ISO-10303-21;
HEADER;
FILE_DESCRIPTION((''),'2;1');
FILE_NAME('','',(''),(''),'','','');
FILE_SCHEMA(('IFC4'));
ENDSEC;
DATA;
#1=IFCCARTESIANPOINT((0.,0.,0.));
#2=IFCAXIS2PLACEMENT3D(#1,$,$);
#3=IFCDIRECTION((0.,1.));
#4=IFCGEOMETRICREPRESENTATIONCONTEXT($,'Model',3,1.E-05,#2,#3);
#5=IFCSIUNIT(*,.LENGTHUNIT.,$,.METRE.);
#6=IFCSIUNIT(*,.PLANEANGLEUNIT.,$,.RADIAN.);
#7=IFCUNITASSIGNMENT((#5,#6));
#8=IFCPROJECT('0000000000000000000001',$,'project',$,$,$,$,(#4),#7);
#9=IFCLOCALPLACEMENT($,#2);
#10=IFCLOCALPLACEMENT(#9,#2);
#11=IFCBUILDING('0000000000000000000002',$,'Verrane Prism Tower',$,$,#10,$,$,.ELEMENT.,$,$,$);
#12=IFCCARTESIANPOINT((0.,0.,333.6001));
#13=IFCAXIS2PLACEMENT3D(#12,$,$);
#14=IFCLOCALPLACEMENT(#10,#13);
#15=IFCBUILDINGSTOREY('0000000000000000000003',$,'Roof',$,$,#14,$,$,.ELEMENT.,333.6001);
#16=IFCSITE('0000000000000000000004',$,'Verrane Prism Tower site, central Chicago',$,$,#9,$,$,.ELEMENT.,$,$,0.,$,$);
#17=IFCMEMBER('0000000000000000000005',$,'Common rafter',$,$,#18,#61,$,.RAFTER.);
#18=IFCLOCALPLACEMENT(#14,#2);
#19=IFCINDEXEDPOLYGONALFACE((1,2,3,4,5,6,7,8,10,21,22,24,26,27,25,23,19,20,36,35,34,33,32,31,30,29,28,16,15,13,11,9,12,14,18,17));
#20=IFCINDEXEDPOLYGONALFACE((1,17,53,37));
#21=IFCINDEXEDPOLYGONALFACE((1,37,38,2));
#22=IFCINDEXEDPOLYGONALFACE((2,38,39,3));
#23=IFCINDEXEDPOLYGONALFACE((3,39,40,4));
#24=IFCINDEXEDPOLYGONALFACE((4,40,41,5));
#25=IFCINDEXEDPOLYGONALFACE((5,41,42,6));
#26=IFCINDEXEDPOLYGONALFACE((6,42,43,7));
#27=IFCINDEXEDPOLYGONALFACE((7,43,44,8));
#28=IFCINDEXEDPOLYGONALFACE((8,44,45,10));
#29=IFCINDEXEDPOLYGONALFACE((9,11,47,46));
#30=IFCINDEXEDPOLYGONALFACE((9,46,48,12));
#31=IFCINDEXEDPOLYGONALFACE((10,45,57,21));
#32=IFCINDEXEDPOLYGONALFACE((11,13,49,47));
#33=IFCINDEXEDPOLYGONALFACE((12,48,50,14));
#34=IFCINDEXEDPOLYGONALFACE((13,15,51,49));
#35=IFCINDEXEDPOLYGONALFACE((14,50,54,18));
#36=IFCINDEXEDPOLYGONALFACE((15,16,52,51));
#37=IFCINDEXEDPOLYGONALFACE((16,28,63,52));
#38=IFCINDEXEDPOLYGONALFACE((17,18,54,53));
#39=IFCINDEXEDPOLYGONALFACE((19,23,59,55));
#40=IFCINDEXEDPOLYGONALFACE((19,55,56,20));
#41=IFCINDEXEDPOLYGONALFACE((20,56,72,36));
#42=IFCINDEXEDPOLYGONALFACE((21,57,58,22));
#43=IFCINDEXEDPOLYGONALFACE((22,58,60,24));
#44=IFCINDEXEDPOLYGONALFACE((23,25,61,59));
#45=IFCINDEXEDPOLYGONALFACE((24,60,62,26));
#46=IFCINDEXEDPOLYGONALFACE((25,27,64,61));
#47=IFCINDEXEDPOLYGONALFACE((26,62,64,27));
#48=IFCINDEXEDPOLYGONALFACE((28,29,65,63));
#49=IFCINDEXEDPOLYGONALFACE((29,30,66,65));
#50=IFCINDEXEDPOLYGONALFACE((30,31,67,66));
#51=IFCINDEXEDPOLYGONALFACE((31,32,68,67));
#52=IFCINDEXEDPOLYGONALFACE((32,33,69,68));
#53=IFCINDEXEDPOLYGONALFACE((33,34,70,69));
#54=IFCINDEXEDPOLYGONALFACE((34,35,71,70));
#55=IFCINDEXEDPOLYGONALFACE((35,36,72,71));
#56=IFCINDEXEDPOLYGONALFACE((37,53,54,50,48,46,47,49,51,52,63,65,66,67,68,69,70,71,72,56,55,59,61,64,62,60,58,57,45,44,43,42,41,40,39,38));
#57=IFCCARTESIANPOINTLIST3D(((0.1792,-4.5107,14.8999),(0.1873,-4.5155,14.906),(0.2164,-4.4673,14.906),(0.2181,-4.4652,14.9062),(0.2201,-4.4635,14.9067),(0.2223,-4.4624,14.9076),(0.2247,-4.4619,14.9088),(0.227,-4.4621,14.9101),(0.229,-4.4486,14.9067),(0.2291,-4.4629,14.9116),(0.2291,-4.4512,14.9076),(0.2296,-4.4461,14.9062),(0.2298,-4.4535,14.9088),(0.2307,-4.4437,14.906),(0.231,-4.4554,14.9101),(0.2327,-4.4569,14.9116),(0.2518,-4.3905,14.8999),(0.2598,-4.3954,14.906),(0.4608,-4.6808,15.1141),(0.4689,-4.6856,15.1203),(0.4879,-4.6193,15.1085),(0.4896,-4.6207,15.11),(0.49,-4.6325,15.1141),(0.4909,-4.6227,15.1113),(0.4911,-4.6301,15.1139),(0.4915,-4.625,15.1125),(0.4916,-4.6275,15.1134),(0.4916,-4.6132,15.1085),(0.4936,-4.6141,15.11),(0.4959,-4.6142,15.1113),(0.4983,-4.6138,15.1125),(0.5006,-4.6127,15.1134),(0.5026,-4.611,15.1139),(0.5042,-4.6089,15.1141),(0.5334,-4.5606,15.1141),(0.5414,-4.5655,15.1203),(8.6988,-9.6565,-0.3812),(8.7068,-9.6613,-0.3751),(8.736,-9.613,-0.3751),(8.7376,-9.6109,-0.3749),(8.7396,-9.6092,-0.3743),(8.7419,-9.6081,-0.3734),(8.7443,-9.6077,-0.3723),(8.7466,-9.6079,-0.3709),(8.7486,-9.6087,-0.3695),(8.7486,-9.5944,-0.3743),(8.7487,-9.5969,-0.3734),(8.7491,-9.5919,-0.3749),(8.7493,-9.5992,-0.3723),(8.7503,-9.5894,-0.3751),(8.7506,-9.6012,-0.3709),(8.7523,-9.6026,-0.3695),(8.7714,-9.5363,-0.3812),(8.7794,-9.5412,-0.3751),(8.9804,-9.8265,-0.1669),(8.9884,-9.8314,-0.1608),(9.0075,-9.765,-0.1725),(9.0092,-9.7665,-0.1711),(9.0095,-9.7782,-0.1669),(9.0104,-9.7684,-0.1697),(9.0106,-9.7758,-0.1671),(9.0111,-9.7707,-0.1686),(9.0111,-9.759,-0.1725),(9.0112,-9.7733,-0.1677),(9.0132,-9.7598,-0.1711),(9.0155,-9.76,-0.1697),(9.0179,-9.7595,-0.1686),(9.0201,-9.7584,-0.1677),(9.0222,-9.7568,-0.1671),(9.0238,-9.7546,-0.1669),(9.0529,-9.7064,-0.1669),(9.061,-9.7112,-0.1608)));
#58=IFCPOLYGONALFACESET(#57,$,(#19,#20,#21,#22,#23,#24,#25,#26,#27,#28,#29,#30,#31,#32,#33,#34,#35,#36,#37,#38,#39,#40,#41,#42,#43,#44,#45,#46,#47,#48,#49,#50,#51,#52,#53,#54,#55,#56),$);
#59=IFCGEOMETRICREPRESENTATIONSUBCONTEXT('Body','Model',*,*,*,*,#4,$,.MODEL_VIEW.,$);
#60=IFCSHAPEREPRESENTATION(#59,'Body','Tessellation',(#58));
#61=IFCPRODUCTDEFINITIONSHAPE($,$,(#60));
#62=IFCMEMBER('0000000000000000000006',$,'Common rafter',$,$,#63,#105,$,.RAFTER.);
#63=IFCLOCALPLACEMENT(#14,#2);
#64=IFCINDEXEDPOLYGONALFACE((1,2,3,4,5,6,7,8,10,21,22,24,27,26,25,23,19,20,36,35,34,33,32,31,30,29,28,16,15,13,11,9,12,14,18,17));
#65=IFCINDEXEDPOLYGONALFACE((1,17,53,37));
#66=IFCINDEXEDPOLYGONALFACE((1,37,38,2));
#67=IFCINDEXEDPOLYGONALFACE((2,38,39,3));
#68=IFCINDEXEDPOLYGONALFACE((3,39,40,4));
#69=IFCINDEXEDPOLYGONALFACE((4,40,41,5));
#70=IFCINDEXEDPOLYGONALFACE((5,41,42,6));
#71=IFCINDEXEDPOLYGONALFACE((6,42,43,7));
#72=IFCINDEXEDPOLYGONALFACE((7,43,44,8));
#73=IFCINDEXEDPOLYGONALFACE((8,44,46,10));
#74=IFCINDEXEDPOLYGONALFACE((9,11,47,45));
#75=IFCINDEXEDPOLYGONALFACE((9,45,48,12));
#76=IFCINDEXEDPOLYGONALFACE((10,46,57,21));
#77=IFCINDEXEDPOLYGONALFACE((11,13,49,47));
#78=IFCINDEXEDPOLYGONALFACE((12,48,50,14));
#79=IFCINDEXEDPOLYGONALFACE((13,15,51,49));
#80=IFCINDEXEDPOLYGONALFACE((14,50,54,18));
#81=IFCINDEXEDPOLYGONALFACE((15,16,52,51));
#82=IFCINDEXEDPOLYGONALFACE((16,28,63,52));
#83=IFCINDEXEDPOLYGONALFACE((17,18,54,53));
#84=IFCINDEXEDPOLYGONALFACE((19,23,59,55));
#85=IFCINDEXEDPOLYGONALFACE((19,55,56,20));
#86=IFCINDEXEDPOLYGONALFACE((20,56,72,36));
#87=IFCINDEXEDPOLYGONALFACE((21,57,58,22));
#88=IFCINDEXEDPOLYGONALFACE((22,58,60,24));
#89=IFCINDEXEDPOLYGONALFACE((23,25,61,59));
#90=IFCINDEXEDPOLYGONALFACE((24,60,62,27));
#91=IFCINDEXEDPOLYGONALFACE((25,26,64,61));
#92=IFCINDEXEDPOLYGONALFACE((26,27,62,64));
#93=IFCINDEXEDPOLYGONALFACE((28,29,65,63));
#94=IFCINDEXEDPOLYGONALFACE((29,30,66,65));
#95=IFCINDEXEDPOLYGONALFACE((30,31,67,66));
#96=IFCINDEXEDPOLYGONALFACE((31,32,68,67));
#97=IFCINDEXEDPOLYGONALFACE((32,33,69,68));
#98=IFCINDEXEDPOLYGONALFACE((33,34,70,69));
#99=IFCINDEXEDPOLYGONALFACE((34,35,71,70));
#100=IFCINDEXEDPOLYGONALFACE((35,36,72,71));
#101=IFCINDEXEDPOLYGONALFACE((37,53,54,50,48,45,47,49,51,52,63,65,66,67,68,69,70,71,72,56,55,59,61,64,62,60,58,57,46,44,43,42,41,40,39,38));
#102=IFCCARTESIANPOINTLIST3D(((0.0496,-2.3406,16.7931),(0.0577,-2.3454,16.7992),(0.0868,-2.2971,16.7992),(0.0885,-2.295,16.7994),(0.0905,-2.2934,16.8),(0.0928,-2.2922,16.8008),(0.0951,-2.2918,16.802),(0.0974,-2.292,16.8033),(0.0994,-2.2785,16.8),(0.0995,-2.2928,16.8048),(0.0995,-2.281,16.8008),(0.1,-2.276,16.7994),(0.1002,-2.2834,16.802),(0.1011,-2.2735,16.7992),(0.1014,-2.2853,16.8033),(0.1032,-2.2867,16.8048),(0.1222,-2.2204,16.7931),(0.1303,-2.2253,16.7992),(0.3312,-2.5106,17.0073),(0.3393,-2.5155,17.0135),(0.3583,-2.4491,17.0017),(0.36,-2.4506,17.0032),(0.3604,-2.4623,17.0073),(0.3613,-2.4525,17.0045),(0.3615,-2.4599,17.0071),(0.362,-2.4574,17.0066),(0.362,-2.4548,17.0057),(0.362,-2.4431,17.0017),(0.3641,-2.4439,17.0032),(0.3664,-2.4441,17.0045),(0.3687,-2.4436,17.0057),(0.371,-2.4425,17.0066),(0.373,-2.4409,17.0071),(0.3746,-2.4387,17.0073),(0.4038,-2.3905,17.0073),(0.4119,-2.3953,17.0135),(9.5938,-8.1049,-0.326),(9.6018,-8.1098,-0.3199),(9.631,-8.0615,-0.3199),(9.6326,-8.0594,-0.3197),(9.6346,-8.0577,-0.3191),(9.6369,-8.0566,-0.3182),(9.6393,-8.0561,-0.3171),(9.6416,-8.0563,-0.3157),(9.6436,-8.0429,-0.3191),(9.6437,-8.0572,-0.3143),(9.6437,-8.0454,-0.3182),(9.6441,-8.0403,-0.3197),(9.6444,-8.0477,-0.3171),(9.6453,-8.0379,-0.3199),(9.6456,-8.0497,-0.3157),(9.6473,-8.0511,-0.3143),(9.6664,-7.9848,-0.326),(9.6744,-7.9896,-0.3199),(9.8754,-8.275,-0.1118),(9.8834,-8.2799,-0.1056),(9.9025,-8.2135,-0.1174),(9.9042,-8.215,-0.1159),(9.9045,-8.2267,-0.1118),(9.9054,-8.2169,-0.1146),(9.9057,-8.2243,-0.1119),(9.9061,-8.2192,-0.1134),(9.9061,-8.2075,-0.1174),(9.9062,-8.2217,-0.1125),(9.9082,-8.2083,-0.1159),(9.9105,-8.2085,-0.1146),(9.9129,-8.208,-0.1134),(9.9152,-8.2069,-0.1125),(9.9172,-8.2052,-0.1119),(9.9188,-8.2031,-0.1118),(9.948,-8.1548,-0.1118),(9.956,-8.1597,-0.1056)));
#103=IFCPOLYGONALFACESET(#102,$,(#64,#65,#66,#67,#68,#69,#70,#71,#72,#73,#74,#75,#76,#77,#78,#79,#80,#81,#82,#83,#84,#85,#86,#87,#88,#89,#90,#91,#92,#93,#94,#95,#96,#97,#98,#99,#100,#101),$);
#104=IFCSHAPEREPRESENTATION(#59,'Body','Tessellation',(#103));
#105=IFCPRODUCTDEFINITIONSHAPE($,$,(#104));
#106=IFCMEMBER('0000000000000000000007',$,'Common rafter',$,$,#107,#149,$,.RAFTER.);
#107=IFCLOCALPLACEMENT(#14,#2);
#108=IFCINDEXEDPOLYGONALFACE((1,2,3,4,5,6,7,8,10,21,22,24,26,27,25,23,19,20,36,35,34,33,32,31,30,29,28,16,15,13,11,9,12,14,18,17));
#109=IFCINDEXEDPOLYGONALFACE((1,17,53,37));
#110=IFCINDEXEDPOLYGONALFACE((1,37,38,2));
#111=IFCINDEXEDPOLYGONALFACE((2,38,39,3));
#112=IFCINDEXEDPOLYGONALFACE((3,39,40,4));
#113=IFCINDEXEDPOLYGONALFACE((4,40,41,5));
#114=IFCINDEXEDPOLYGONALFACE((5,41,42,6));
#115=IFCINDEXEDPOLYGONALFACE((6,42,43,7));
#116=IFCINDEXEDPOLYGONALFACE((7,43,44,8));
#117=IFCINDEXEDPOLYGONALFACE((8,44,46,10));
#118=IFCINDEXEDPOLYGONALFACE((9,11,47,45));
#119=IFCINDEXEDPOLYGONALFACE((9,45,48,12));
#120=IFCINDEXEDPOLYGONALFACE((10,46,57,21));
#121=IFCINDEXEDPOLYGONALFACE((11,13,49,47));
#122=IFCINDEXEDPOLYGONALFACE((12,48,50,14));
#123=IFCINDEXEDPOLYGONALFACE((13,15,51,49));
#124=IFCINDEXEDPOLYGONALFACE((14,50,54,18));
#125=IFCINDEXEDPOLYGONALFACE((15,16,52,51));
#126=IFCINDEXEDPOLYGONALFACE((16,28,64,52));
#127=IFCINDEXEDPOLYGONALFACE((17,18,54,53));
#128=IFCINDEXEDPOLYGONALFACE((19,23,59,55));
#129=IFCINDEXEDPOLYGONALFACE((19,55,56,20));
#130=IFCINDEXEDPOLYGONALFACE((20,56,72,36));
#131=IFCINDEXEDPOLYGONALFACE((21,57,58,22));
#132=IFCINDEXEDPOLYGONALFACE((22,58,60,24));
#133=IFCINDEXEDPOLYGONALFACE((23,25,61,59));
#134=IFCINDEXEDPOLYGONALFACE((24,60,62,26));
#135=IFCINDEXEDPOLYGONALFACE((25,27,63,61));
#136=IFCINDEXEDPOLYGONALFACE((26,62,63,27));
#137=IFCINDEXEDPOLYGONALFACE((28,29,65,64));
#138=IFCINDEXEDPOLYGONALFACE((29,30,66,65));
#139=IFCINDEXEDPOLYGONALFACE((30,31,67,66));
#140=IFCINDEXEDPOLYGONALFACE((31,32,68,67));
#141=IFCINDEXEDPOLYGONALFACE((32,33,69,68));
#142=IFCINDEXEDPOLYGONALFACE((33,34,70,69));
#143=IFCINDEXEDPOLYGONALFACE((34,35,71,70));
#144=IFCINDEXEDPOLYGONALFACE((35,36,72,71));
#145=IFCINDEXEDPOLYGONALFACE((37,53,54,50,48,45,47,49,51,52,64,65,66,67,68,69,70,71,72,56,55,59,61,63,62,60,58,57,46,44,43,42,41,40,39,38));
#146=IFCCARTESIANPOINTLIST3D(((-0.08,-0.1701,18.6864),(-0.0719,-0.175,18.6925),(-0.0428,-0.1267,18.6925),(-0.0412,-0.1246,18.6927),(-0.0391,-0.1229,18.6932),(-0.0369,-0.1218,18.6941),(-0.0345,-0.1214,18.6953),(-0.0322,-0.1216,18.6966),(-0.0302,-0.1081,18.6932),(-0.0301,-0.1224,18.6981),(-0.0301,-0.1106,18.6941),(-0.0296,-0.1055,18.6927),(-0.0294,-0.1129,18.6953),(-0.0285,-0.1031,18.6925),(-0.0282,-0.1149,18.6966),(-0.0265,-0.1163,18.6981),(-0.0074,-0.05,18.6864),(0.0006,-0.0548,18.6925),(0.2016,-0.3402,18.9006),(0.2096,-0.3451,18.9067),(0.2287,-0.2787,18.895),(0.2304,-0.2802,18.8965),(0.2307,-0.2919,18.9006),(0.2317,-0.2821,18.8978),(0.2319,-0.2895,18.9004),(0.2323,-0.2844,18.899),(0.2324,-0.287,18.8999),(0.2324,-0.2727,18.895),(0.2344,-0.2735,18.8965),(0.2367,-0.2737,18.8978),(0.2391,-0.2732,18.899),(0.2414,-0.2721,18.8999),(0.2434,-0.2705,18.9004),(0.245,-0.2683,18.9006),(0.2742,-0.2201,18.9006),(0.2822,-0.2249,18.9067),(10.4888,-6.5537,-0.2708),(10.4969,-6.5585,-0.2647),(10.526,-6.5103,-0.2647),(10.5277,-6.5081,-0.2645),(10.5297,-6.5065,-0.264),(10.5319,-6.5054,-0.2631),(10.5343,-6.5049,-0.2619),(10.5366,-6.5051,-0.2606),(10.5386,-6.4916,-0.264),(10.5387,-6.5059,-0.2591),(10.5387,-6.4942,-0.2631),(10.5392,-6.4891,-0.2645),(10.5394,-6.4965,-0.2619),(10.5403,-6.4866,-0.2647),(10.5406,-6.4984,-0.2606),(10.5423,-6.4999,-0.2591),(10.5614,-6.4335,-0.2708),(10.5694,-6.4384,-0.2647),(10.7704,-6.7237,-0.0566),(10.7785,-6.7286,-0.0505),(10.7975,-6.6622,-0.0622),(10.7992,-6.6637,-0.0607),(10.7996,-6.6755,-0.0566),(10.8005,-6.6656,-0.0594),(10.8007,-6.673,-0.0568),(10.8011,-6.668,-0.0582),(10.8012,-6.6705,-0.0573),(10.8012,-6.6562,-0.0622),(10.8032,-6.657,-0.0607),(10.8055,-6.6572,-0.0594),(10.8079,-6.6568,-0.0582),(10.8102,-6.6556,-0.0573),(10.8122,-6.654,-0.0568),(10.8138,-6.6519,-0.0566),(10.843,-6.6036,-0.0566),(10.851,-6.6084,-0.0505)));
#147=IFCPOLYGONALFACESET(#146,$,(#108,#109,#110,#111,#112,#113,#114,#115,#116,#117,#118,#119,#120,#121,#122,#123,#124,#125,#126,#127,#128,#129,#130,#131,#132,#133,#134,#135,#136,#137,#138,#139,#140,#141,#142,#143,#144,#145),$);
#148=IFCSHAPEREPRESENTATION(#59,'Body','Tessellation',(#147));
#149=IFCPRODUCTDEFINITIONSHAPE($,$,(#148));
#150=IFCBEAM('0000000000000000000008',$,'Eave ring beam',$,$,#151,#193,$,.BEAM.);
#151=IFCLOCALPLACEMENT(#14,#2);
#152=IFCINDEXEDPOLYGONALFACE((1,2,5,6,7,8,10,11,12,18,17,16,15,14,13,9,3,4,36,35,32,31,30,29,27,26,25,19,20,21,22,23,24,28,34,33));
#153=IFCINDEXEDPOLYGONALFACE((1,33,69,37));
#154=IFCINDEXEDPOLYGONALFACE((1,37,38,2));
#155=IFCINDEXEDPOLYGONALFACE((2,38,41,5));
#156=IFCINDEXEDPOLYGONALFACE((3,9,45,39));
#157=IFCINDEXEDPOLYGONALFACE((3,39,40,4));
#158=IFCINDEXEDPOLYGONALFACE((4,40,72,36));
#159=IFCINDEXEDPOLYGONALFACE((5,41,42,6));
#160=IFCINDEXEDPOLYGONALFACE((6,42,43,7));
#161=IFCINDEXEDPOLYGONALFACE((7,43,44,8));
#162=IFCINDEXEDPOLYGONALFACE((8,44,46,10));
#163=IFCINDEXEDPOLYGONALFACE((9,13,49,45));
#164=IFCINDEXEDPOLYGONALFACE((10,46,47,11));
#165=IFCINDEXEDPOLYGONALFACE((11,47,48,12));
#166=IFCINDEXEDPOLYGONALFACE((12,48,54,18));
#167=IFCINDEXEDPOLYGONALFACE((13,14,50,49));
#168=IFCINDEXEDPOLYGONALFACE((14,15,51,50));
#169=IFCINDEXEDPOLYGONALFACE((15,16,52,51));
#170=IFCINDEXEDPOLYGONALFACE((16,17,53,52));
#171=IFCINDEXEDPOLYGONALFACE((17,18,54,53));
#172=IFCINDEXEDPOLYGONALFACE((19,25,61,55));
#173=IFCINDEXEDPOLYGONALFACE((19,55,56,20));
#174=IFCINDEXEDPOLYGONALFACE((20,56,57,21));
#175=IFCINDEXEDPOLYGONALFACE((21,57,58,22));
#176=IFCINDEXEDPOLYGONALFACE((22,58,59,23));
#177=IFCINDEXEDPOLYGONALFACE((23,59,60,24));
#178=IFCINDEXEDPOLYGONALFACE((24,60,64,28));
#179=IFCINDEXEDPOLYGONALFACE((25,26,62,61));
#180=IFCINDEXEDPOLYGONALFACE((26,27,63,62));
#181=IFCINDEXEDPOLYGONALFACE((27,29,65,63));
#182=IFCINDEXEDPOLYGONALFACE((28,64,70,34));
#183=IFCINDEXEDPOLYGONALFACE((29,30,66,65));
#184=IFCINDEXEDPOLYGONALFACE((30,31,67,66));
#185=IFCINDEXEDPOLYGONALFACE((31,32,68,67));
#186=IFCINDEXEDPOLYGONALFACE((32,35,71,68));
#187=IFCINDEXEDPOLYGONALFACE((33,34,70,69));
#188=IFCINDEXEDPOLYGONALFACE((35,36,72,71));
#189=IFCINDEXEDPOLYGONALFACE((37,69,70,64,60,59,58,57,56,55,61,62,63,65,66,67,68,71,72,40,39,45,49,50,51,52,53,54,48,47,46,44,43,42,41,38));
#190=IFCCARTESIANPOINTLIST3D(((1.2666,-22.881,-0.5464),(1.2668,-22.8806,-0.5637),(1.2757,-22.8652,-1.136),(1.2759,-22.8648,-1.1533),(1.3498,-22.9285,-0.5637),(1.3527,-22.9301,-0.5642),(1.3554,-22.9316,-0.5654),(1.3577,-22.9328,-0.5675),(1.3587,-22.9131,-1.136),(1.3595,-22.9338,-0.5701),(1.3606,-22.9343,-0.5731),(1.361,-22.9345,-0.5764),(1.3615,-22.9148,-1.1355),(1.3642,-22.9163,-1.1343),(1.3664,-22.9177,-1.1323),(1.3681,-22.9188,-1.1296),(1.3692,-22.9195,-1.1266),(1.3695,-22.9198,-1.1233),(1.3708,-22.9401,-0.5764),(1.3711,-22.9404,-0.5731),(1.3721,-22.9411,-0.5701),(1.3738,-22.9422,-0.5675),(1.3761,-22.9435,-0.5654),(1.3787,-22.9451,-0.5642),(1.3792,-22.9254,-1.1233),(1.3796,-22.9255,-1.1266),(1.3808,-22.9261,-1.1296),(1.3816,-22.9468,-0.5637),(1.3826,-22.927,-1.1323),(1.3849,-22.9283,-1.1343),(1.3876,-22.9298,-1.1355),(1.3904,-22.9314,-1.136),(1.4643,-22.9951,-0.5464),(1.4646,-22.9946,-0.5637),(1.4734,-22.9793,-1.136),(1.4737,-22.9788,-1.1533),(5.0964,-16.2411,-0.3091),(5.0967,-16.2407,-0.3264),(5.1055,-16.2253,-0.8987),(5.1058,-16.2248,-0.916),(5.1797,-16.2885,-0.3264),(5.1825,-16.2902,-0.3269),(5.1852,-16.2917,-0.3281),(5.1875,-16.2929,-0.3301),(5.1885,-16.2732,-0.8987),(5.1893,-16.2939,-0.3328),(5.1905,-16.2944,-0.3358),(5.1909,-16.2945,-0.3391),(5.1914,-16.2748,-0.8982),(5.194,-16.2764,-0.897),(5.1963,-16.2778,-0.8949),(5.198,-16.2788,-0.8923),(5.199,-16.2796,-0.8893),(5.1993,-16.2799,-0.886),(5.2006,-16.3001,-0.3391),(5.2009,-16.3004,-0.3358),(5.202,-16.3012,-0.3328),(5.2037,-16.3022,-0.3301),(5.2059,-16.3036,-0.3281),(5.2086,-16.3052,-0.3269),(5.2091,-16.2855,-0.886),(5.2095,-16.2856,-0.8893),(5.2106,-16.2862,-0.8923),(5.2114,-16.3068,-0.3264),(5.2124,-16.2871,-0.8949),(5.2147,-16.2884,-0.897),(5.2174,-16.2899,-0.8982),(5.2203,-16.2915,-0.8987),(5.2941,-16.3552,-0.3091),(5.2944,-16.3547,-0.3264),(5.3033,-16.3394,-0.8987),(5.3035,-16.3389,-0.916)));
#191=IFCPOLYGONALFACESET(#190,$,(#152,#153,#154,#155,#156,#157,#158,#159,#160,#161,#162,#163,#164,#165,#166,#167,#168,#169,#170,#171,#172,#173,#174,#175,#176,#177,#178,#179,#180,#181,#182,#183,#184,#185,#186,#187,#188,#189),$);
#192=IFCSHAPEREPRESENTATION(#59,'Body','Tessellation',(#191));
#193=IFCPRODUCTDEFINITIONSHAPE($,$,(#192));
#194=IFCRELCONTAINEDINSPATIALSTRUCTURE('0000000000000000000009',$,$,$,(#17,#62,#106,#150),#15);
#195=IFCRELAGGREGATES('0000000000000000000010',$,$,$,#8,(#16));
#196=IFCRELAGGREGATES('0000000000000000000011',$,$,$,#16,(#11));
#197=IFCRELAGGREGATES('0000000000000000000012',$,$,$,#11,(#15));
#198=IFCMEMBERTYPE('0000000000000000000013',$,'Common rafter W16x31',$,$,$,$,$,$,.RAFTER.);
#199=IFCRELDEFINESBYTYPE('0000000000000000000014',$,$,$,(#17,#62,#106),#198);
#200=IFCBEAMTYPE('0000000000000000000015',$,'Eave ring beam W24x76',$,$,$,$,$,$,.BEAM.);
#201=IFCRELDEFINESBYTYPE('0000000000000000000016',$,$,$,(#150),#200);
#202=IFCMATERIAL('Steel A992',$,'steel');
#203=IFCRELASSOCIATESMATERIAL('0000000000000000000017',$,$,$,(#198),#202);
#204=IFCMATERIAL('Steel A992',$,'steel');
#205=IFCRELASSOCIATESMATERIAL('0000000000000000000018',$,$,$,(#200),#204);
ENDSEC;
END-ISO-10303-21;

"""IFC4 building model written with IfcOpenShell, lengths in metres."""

from ifc_helpers import new_model, si_unit, direction, frame, origin, origin_2d, place, context, subcontext, project, spatial, i_section, extrude, material, material_profile, profile_set, type_object, element, save


model = new_model("IFC4")

# Units and contexts
model_context = context("Model", 3, precision=1e-05, world=origin(), true_north=direction((0.0, 1.0)))
body_context = subcontext(model_context, "Body", "Model", "MODEL_VIEW")
ifc_project = project(units=[si_unit("LENGTHUNIT", "METRE"), si_unit("PLANEANGLEUNIT", "RADIAN")], contexts=[model_context])

# Site, building, storey
site_placement = place(None, origin())
site = spatial("IfcSite", under=ifc_project, at=site_placement, Name="Verrane Prism Tower site, central Chicago", CompositionType="ELEMENT", RefElevation=0.0)
building_placement = place(site_placement, origin())
building = spatial("IfcBuilding", under=site, at=building_placement, Name="Verrane Prism Tower", CompositionType="ELEMENT")
storey_placement = place(building_placement, frame((0.0, 0.0, 333.6001)))
storey = spatial("IfcBuildingStorey", under=building, at=storey_placement, Name="Roof", CompositionType="ELEMENT", Elevation=333.6001)

# Members
ifc_material_1 = material(Name="Steel A992", Category="steel")
ifc_material_profile_1 = material_profile(ifc_material_1, i_section(OverallWidth=0.1404, OverallDepth=0.4038, WebThickness=0.0071, FlangeThickness=0.0112, FilletRadius=0.0103, at=origin_2d()), Name="W16x31")
ifc_profile_set_1 = profile_set([ifc_material_profile_1], Name="Steel A992")
member_type_1 = type_object("IfcMemberType", Name="Common rafter W16x31", PredefinedType="RAFTER", material=ifc_profile_set_1)
member_1_placement = place(storey_placement, frame((8.8799, -9.6838, -0.271), z_axis=(-0.467169, 0.282168, 0.837935), x_axis=(-0.517008, -0.855981, 0.0)))
element("IfcMember", 1, at=member_1_placement, inside=storey, type_object=member_type_1, Name="Common rafter", PredefinedType="RAFTER", context=body_context, shape_type="SweptSolid", body=[
    extrude(i_section(OverallWidth=0.1404, OverallDepth=0.4038, WebThickness=0.0071, FlangeThickness=0.0112, FilletRadius=0.0103, at=origin_2d()), origin(), (0.0, 0.0, 1.0), 18.2366),
])
member_2_placement = place(storey_placement, frame((9.7749, -8.1323, -0.2158), z_axis=(-0.467165, 0.282154, 0.837941), x_axis=(-0.516992, -0.85599, 0.0)))
element("IfcMember", 2, at=member_2_placement, inside=storey, type_object=member_type_1, Name="Common rafter", PredefinedType="RAFTER", context=body_context, shape_type="SweptSolid", body=[
    extrude(i_section(OverallWidth=0.1404, OverallDepth=0.4038, WebThickness=0.0071, FlangeThickness=0.0112, FilletRadius=0.0103, at=origin_2d()), origin(), (0.0, 0.0, 1.0), 20.4299),
])
member_3_placement = place(storey_placement, frame((10.6699, -6.5811, -0.1606), z_axis=(-0.46716, 0.282163, 0.837941), x_axis=(-0.517009, -0.85598, 0.0)))
element("IfcMember", 3, at=member_3_placement, inside=storey, type_object=member_type_1, Name="Common rafter", PredefinedType="RAFTER", context=body_context, shape_type="SweptSolid", body=[
    extrude(i_section(OverallWidth=0.1404, OverallDepth=0.4038, WebThickness=0.0071, FlangeThickness=0.0112, FilletRadius=0.0103, at=origin_2d()), origin(), (0.0, 0.0, 1.0), 22.6235),
])

# Beam
ifc_material_2 = material(Name="Steel A992", Category="steel")
ifc_material_profile_2 = material_profile(ifc_material_2, i_section(OverallWidth=0.2283, OverallDepth=0.6072, WebThickness=0.0112, FlangeThickness=0.0173, FilletRadius=0.0127, at=origin_2d()), Name="W24x76")
ifc_profile_set_2 = profile_set([ifc_material_profile_2], Name="Steel A992")
beam_type = type_object("IfcBeamType", Name="Eave ring beam W24x76", PredefinedType="BEAM", material=ifc_profile_set_2)
beam_1_placement = place(storey_placement, frame((1.3701, -22.9299, -0.8499), z_axis=(0.499398, 0.86582, 0.030944), x_axis=(-0.866235, 0.499637, 0.0)))
element("IfcBeam", 4, at=beam_1_placement, inside=storey, type_object=beam_type, Name="Eave ring beam", PredefinedType="BEAM", context=body_context, shape_type="SweptSolid", body=[
    extrude(i_section(OverallWidth=0.2283, OverallDepth=0.6072, WebThickness=0.0112, FlangeThickness=0.0173, FilletRadius=0.0127, at=origin_2d()), origin(), (0.0, 0.0, 1.0), 7.6689),
])

save(model, "model.ifc")
